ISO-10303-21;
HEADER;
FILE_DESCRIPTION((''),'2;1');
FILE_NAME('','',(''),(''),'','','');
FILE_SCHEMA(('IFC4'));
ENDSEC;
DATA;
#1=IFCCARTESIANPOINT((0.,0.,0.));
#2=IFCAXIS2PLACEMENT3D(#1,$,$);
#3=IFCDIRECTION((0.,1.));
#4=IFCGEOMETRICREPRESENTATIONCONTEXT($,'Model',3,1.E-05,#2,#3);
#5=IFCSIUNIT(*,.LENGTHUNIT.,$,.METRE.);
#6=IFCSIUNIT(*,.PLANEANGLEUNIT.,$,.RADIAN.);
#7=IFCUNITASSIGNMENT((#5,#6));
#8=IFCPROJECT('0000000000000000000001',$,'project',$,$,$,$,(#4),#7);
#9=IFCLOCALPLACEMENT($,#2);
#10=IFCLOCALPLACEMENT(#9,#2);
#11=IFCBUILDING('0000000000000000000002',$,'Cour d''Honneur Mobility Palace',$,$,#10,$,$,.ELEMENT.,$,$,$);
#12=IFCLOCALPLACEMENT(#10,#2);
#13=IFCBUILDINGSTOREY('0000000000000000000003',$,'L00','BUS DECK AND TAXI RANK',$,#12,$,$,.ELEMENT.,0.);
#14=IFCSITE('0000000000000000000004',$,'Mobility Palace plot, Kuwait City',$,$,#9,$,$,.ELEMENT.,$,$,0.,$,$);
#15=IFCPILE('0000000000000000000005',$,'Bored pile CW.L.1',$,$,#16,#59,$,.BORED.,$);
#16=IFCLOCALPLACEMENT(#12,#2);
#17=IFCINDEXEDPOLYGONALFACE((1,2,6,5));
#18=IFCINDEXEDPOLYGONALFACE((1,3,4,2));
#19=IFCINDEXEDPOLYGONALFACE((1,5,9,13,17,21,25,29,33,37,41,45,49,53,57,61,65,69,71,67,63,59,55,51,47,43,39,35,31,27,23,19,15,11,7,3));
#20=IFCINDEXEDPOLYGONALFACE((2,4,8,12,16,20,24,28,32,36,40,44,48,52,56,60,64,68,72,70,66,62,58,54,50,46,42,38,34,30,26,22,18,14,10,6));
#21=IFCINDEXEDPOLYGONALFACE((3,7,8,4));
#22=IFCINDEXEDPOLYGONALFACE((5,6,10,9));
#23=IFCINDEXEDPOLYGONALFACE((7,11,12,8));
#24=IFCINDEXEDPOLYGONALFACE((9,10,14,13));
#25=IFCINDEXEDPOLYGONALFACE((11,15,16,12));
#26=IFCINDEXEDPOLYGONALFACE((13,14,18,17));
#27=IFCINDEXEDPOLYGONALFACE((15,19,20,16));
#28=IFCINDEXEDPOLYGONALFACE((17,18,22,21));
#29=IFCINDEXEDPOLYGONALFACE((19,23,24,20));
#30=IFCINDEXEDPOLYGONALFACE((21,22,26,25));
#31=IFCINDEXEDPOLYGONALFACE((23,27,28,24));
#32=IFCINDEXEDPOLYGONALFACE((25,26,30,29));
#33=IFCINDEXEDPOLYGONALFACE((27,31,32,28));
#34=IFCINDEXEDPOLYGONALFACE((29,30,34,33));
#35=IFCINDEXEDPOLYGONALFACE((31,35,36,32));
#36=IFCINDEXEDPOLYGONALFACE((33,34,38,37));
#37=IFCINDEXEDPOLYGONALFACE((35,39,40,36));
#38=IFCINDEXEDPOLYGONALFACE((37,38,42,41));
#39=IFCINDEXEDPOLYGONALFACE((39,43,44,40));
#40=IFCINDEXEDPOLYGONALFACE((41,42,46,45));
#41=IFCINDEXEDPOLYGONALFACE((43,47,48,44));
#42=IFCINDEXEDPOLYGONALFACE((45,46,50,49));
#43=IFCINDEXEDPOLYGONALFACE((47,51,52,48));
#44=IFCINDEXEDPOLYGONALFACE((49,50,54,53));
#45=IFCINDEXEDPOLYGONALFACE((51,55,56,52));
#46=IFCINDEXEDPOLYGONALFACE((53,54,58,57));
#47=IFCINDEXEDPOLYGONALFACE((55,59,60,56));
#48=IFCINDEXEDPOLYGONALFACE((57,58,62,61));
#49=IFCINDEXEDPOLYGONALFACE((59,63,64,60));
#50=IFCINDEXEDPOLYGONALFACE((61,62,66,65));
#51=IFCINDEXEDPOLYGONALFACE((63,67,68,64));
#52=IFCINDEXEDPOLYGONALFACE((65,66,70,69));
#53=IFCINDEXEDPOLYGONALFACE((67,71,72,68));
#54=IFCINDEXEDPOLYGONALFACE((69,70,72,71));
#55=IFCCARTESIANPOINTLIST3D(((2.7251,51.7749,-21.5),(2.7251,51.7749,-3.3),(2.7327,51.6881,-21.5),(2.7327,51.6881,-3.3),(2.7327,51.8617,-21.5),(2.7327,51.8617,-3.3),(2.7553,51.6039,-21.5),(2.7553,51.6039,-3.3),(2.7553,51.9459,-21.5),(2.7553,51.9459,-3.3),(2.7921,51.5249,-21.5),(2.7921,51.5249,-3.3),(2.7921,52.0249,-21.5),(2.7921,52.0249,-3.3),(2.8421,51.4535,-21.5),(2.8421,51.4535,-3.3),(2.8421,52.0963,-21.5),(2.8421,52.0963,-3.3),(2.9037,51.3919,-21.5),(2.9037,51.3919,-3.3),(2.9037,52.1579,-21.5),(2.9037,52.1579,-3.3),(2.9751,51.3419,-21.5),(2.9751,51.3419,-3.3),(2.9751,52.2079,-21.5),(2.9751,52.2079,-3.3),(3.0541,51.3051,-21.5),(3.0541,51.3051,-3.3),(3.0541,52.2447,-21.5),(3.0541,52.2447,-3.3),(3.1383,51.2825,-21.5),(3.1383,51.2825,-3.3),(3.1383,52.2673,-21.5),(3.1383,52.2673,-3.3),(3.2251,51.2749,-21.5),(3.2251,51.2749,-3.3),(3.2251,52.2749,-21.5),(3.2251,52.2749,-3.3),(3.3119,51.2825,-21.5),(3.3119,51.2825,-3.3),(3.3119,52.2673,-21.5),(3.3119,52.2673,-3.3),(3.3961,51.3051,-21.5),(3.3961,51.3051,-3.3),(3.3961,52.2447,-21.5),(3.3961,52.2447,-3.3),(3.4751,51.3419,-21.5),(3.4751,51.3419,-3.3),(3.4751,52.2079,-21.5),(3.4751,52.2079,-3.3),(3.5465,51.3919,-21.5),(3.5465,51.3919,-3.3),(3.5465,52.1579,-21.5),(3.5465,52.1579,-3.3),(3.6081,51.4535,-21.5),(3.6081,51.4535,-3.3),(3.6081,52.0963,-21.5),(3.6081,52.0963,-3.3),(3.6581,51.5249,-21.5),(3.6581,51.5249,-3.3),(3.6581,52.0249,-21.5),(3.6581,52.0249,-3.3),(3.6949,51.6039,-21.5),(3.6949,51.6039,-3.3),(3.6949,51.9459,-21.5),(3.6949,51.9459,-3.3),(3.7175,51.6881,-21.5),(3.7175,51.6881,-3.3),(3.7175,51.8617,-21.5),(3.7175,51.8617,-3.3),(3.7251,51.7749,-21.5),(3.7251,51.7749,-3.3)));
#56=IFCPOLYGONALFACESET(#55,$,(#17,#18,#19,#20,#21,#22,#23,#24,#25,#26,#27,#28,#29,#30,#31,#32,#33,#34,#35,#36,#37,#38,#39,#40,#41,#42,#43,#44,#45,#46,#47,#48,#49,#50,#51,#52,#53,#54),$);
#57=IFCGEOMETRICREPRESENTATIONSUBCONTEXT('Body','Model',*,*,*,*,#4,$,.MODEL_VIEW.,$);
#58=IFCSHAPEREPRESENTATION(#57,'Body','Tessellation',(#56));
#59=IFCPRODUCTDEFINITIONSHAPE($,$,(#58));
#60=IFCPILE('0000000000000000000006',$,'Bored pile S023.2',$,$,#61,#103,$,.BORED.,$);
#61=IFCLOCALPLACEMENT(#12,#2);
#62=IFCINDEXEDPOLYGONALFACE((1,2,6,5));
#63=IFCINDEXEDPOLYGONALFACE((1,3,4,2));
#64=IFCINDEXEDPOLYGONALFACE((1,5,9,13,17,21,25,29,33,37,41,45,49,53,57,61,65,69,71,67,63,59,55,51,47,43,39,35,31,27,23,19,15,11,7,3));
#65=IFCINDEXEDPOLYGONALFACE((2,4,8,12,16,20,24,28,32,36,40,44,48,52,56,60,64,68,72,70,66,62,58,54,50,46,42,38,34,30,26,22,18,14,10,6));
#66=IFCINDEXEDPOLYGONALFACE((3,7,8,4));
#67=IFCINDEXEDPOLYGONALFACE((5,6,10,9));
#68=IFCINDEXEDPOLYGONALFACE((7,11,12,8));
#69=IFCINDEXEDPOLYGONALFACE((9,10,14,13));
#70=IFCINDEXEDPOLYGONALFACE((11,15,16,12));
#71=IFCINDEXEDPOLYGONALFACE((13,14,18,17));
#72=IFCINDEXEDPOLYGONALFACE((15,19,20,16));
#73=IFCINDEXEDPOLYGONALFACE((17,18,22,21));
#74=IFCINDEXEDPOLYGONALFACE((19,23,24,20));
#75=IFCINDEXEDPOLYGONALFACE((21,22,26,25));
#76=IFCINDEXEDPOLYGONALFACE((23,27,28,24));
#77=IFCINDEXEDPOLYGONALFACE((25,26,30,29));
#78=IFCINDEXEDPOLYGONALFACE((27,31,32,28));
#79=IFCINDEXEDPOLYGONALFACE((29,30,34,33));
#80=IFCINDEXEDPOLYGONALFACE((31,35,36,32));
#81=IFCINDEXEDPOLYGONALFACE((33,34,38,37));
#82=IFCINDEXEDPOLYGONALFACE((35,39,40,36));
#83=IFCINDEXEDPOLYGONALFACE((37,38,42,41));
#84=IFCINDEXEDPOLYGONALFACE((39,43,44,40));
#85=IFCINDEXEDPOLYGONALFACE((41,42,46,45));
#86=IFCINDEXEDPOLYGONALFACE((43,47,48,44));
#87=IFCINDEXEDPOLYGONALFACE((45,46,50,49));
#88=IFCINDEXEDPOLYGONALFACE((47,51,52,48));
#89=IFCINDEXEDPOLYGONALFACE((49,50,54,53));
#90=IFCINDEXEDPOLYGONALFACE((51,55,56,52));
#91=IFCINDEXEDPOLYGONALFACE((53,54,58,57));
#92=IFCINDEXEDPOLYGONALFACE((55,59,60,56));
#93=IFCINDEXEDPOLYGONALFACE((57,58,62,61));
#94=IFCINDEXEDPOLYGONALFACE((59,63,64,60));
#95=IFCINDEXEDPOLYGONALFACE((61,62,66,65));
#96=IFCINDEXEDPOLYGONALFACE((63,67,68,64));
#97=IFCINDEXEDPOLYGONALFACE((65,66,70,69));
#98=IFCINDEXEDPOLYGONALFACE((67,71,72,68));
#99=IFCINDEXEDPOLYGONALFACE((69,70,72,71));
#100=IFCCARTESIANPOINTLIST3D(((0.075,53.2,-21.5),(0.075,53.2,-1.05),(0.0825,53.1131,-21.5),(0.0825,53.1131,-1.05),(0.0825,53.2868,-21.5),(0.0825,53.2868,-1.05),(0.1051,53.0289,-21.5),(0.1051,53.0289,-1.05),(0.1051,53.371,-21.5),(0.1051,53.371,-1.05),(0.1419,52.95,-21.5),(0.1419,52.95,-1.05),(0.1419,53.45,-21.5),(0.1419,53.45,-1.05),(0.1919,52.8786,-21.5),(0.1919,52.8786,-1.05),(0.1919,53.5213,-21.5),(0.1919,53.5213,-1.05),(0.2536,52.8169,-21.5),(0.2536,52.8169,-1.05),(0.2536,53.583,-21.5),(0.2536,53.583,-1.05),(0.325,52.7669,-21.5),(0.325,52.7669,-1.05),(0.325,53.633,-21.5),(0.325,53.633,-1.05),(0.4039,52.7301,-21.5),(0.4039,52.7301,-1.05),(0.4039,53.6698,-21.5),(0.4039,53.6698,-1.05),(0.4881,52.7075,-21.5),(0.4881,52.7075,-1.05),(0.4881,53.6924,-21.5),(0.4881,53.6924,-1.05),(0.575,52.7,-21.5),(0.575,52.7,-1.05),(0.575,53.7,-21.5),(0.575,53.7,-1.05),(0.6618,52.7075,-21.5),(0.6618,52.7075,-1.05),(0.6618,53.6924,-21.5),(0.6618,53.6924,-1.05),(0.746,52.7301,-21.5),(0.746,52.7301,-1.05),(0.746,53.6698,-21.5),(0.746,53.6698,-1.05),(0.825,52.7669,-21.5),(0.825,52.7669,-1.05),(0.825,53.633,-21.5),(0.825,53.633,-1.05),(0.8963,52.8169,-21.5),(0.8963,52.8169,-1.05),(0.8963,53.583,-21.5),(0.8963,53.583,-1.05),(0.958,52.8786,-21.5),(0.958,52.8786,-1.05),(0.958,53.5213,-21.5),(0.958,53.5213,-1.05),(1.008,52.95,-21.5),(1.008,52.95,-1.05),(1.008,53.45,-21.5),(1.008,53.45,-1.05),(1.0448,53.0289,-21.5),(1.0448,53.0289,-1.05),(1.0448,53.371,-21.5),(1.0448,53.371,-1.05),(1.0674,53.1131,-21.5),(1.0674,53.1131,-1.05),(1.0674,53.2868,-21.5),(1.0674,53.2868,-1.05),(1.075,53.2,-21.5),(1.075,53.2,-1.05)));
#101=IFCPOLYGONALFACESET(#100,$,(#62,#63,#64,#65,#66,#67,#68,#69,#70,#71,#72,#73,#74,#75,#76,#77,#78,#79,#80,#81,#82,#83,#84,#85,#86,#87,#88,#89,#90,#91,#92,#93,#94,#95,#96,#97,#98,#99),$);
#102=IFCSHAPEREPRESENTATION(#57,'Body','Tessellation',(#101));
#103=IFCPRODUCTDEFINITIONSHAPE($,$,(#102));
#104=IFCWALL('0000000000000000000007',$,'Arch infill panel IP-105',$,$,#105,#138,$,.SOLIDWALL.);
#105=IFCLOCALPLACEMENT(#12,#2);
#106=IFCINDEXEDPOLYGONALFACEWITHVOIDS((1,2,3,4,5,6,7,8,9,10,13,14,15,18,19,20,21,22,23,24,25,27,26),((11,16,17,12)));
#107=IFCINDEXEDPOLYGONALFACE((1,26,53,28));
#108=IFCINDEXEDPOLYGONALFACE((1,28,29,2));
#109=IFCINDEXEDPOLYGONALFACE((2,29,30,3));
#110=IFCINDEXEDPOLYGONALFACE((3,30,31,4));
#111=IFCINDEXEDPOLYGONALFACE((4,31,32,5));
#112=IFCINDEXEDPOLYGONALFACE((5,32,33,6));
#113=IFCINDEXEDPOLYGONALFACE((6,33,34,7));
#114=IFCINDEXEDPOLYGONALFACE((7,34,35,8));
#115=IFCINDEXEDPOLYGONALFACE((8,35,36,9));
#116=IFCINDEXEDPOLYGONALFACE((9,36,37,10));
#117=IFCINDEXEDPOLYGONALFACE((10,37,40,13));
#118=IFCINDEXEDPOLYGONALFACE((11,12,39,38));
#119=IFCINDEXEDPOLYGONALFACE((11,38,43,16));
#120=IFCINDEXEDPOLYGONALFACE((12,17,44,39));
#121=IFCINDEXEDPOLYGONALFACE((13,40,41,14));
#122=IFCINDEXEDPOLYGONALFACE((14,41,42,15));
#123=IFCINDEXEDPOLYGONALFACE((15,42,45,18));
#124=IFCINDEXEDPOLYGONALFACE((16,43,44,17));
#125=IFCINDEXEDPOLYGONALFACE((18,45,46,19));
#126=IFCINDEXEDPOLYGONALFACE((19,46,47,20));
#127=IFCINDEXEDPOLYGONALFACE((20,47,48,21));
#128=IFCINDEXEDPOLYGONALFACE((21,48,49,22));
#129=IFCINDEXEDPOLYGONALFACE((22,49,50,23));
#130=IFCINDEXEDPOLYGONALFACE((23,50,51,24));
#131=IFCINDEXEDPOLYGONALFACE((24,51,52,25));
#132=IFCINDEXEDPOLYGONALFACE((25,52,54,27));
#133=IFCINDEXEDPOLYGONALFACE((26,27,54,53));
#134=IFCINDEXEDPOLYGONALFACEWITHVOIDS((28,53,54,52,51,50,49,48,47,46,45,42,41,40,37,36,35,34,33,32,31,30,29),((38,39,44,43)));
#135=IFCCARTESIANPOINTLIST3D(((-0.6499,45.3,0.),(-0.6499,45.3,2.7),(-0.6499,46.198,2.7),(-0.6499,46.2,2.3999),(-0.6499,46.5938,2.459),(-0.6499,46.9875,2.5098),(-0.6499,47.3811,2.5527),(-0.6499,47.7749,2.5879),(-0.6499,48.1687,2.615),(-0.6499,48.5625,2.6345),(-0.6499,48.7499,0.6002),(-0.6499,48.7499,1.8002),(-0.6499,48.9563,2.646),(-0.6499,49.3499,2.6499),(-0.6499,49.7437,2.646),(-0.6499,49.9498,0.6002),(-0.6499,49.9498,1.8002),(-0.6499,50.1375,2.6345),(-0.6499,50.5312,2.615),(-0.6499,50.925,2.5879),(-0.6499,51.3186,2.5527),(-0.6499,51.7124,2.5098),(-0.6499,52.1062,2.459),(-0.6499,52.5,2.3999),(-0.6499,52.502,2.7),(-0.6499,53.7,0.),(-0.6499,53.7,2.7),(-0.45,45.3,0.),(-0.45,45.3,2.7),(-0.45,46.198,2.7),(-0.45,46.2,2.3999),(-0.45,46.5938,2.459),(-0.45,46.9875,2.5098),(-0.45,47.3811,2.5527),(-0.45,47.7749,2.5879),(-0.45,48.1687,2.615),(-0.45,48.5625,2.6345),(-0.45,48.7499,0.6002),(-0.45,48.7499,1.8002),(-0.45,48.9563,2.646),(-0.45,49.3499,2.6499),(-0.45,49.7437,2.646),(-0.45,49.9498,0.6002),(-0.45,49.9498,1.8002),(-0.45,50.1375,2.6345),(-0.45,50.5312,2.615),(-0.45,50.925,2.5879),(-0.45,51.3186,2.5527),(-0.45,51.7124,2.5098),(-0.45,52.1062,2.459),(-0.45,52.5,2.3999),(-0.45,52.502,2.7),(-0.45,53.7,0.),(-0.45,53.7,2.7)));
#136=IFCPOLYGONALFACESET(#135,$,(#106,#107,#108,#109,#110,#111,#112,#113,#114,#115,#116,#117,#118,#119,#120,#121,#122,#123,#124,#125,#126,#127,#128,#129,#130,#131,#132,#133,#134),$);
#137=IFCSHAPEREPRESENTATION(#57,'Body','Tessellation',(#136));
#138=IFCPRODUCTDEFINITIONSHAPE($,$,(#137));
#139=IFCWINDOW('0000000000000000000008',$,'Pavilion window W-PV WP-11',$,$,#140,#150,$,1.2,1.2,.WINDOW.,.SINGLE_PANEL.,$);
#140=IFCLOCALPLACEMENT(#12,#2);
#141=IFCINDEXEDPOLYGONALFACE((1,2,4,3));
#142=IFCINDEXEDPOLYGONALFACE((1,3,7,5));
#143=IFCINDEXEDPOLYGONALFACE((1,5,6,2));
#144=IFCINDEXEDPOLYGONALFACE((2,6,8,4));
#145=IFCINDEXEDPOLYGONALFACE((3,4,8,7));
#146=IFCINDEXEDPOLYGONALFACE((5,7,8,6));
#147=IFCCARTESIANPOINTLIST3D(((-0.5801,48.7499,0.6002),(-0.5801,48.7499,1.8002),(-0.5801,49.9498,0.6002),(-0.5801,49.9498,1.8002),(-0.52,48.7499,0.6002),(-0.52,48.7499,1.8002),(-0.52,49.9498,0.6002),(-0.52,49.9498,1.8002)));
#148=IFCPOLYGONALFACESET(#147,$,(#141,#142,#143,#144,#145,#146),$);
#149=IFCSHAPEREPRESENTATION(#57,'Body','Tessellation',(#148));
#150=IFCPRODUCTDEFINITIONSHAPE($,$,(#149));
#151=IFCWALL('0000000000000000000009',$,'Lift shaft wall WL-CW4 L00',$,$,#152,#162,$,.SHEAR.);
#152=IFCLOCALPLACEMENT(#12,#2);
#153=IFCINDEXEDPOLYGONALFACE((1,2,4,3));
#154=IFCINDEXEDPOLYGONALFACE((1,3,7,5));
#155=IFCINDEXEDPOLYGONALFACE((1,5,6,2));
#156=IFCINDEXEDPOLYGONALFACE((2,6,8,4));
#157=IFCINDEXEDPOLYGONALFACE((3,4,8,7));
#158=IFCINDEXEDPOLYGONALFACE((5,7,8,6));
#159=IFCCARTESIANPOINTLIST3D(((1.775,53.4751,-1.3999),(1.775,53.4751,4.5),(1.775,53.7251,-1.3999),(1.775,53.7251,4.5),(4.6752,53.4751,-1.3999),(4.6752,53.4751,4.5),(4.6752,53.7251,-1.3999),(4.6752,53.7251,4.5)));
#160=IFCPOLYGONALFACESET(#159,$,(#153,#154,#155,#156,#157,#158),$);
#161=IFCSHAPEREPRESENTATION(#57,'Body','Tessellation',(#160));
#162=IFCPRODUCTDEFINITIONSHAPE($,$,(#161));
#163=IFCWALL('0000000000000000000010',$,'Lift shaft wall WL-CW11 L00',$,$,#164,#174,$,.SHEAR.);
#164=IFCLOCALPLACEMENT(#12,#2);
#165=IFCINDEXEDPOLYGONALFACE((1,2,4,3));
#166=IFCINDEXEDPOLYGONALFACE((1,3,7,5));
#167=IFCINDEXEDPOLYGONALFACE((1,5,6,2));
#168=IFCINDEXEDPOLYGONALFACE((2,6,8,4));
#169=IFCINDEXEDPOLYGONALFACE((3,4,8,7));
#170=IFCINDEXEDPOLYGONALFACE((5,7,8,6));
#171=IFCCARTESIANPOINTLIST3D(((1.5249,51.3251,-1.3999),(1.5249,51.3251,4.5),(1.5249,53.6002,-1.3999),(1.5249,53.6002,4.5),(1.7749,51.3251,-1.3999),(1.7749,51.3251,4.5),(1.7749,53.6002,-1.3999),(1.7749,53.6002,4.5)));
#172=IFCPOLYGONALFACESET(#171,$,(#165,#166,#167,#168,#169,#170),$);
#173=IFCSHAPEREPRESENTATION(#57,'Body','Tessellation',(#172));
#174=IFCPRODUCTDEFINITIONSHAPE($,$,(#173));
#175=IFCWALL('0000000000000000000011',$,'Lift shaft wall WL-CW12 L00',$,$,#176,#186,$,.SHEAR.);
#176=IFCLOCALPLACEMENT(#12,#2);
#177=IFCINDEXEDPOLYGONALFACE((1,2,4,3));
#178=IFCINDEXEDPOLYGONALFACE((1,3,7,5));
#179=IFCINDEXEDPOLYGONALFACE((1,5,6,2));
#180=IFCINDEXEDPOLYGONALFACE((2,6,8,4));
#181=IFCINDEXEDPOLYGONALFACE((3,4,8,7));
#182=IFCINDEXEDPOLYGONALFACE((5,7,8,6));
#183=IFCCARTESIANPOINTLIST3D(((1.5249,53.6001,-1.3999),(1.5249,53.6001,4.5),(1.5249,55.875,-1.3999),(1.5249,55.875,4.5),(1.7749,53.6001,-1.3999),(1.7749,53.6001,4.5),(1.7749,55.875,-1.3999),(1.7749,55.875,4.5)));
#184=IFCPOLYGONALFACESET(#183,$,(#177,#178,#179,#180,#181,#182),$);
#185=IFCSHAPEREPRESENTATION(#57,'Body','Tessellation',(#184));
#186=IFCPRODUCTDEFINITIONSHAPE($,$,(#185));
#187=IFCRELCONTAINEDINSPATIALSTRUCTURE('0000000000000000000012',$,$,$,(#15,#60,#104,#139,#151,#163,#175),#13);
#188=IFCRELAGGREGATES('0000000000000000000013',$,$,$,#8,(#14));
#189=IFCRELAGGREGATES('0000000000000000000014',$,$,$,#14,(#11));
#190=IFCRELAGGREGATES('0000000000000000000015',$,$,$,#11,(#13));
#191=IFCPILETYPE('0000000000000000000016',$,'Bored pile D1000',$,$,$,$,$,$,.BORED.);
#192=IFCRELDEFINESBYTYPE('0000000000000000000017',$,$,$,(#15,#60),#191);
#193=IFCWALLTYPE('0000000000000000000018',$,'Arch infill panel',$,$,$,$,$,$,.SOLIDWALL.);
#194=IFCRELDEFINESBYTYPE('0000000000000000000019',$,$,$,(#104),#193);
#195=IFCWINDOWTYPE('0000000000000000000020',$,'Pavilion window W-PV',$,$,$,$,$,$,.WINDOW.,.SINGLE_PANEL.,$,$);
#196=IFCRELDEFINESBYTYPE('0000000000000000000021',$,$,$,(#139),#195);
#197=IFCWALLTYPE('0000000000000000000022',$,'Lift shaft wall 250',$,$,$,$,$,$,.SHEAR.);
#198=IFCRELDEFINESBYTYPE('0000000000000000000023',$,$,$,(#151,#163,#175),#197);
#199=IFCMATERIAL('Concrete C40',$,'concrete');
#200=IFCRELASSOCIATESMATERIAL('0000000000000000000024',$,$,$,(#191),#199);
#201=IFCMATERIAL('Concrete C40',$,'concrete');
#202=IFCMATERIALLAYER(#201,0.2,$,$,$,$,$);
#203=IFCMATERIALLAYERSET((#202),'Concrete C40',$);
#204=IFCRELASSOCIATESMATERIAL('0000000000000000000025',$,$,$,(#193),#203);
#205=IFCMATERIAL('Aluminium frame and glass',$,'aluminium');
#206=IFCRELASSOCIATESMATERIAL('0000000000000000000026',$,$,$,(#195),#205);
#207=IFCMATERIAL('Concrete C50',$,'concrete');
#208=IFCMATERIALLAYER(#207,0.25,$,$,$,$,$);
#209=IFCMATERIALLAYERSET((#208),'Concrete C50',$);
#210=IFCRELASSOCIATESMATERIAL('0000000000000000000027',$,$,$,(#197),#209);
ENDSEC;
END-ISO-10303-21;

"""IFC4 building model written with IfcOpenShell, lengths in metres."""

from ifc_helpers import new_model, si_unit, direction, frame, frame_2d, origin, origin_2d, place, context, subcontext, project, spatial, polyline, rectangle, circle, outline, extrude, material, layer, layer_set, material_profile, profile_set, type_object, element, fill, save


model = new_model("IFC4")

# Units and contexts
model_context = context("Model", 3, precision=1e-05, world=origin(), true_north=direction((0.0, 1.0)))
body_context = subcontext(model_context, "Body", "Model", "MODEL_VIEW")
ifc_project = project(units=[si_unit("LENGTHUNIT", "METRE"), si_unit("PLANEANGLEUNIT", "RADIAN")], contexts=[model_context])

# Site, building, storey
site_placement = place(None, origin())
site = spatial("IfcSite", under=ifc_project, at=site_placement, Name="Mobility Palace plot, Kuwait City", CompositionType="ELEMENT", RefElevation=0.0)
building_placement = place(site_placement, origin())
building = spatial("IfcBuilding", under=site, at=building_placement, Name="Cour d'Honneur Mobility Palace", CompositionType="ELEMENT")
storey_placement = place(building_placement, origin())
storey = spatial("IfcBuildingStorey", under=building, at=storey_placement, Name="L00", Description="BUS DECK AND TAXI RANK", CompositionType="ELEMENT", Elevation=0.0)

# Piles
ifc_material_1 = material(Name="Concrete C40", Category="concrete")
ifc_material_profile = material_profile(ifc_material_1, circle(Radius=0.5, at=origin_2d()), Name="Bored pile D1000")
ifc_profile_set = profile_set([ifc_material_profile], Name="Concrete C40")
pile_type = type_object("IfcPileType", Name="Bored pile D1000", PredefinedType="BORED", material=ifc_profile_set)
pile_1_placement = place(storey_placement, frame((3.2251, 51.7749, -3.3), z_axis=(0.0, 0.0, -1.0), x_axis=(1.0, 0.0, 0.0)))
element("IfcPile", 1, at=pile_1_placement, inside=storey, type_object=pile_type, Name="Bored pile CW.L.1", PredefinedType="BORED", context=body_context, shape_type="SweptSolid", body=[
    extrude(circle(Radius=0.5, at=origin_2d()), origin(), (0.0, 0.0, 1.0), 18.2),
])
pile_2_placement = place(storey_placement, frame((0.575, 53.2, -1.05), z_axis=(0.0, 0.0, -1.0), x_axis=(1.0, 0.0, 0.0)))
element("IfcPile", 2, at=pile_2_placement, inside=storey, type_object=pile_type, Name="Bored pile S023.2", PredefinedType="BORED", context=body_context, shape_type="SweptSolid", body=[
    extrude(circle(Radius=0.5, at=origin_2d()), origin(), (0.0, 0.0, 1.0), 20.45),
])

# Wall, opening, window
ifc_material_2 = material(Name="Concrete C40", Category="concrete")
ifc_layer_1 = layer(ifc_material_2, 0.2)
ifc_layer_set_1 = layer_set([ifc_layer_1], Name="Concrete C40")
wall_type_1 = type_object("IfcWallType", Name="Arch infill panel", PredefinedType="SOLIDWALL", material=ifc_layer_set_1)
wall_1_placement = place(storey_placement, frame((-0.55, 53.7, 0.0), z_axis=(0.0, 0.0, 1.0), x_axis=(0.0, -1.0, 0.0)))
wall_1 = element("IfcWall", 3, at=wall_1_placement, inside=storey, type_object=wall_type_1, Name="Arch infill panel IP-105", PredefinedType="SOLIDWALL", context=body_context, shape_type="SweptSolid", body=[
    extrude(outline(polyline([(0.0, 0.0), (8.3999, 0.0), (8.3999, 2.7), (7.502, 2.7), (7.5, 2.3999), (7.1062, 2.459), (6.7124, 2.5098), (6.3188, 2.5527), (5.925, 2.5879), (5.5312, 2.615), (5.1375, 2.6345), (4.7437, 2.646), (4.3501, 2.6499), (3.9563, 2.646), (3.5625, 2.6345), (3.1687, 2.615), (2.7749, 2.5879), (2.3813, 2.5527), (1.9875, 2.5098), (1.5938, 2.459), (1.2, 2.3999), (1.198, 2.7), (0.0, 2.7), (0.0, 0.0)])), frame((0.0, 0.1001, 0.0), z_axis=(0.0, -1.0, 0.0), x_axis=(1.0, 0.0, 0.0)), (0.0, 0.0, 1.0), 0.2),
])
opening_1_placement = place(wall_1_placement, frame((3.75, 0.0, 0.6001)))
opening_1 = element("IfcOpeningElement", 4, at=opening_1_placement, cuts=wall_1, PredefinedType="OPENING", context=body_context, shape_type="SweptSolid", body=[
    extrude(rectangle(XDim=1.2, YDim=1.2, at=frame_2d((0.6001, 0.6001))), frame((0.0, 0.1099, 0.0), z_axis=(0.0, -1.0, 0.0), x_axis=(1.0, 0.0, 0.0)), (0.0, 0.0, 1.0), 0.22),
])
ifc_material_3 = material(Name="Aluminium frame and glass", Category="aluminium")
window_type = type_object("IfcWindowType", Name="Pavilion window W-PV", PartitioningType="SINGLE_PANEL", PredefinedType="WINDOW", material=ifc_material_3)
window_placement = place(opening_1_placement, origin())
window = element("IfcWindow", 5, at=window_placement, inside=storey, type_object=window_type, Name="Pavilion window W-PV WP-11", OverallHeight=1.2, OverallWidth=1.2, PartitioningType="SINGLE_PANEL", PredefinedType="WINDOW", context=body_context, shape_type="SweptSolid", body=[
    extrude(rectangle(XDim=1.2, YDim=1.2, at=frame_2d((0.6001, 0.6001))), frame((0.0, 0.03, 0.0), z_axis=(0.0, -1.0, 0.0), x_axis=(1.0, 0.0, 0.0)), (0.0, 0.0, 1.0), 0.0601),
])
fill(opening_1, window)

# Walls
ifc_material_4 = material(Name="Concrete C50", Category="concrete")
ifc_layer_2 = layer(ifc_material_4, 0.25)
ifc_layer_set_2 = layer_set([ifc_layer_2], Name="Concrete C50")
wall_type_2 = type_object("IfcWallType", Name="Lift shaft wall 250", PredefinedType="SHEAR", material=ifc_layer_set_2)
wall_2_placement = place(storey_placement, frame((1.7749, 53.6001, -1.3999), z_axis=(0.0, 0.0, 1.0), x_axis=(1.0, 0.0, 0.0)))
element("IfcWall", 6, at=wall_2_placement, inside=storey, type_object=wall_type_2, Name="Lift shaft wall WL-CW4 L00", PredefinedType="SHEAR", context=body_context, shape_type="SweptSolid", body=[
    extrude(rectangle(XDim=2.9001, YDim=0.25, at=frame_2d((1.4502, 0.0))), origin(), (0.0, 0.0, 1.0), 5.8999),
])
wall_3_placement = place(storey_placement, frame((1.6499, 51.325, -1.3999), z_axis=(0.0, 0.0, 1.0), x_axis=(0.0, 1.0, 0.0)))
element("IfcWall", 7, at=wall_3_placement, inside=storey, type_object=wall_type_2, Name="Lift shaft wall WL-CW11 L00", PredefinedType="SHEAR", context=body_context, shape_type="SweptSolid", body=[
    extrude(rectangle(XDim=2.2751, YDim=0.25, at=frame_2d((1.1377, 0.0))), origin(), (0.0, 0.0, 1.0), 5.8999),
])
wall_4_placement = place(storey_placement, frame((1.6499, 53.6001, -1.3999), z_axis=(0.0, 0.0, 1.0), x_axis=(0.0, 1.0, 0.0)))
element("IfcWall", 8, at=wall_4_placement, inside=storey, type_object=wall_type_2, Name="Lift shaft wall WL-CW12 L00", PredefinedType="SHEAR", context=body_context, shape_type="SweptSolid", body=[
    extrude(rectangle(XDim=2.2749, YDim=0.25, at=frame_2d((1.1375, 0.0))), origin(), (0.0, 0.0, 1.0), 5.8999),
])

save(model, "model.ifc")
